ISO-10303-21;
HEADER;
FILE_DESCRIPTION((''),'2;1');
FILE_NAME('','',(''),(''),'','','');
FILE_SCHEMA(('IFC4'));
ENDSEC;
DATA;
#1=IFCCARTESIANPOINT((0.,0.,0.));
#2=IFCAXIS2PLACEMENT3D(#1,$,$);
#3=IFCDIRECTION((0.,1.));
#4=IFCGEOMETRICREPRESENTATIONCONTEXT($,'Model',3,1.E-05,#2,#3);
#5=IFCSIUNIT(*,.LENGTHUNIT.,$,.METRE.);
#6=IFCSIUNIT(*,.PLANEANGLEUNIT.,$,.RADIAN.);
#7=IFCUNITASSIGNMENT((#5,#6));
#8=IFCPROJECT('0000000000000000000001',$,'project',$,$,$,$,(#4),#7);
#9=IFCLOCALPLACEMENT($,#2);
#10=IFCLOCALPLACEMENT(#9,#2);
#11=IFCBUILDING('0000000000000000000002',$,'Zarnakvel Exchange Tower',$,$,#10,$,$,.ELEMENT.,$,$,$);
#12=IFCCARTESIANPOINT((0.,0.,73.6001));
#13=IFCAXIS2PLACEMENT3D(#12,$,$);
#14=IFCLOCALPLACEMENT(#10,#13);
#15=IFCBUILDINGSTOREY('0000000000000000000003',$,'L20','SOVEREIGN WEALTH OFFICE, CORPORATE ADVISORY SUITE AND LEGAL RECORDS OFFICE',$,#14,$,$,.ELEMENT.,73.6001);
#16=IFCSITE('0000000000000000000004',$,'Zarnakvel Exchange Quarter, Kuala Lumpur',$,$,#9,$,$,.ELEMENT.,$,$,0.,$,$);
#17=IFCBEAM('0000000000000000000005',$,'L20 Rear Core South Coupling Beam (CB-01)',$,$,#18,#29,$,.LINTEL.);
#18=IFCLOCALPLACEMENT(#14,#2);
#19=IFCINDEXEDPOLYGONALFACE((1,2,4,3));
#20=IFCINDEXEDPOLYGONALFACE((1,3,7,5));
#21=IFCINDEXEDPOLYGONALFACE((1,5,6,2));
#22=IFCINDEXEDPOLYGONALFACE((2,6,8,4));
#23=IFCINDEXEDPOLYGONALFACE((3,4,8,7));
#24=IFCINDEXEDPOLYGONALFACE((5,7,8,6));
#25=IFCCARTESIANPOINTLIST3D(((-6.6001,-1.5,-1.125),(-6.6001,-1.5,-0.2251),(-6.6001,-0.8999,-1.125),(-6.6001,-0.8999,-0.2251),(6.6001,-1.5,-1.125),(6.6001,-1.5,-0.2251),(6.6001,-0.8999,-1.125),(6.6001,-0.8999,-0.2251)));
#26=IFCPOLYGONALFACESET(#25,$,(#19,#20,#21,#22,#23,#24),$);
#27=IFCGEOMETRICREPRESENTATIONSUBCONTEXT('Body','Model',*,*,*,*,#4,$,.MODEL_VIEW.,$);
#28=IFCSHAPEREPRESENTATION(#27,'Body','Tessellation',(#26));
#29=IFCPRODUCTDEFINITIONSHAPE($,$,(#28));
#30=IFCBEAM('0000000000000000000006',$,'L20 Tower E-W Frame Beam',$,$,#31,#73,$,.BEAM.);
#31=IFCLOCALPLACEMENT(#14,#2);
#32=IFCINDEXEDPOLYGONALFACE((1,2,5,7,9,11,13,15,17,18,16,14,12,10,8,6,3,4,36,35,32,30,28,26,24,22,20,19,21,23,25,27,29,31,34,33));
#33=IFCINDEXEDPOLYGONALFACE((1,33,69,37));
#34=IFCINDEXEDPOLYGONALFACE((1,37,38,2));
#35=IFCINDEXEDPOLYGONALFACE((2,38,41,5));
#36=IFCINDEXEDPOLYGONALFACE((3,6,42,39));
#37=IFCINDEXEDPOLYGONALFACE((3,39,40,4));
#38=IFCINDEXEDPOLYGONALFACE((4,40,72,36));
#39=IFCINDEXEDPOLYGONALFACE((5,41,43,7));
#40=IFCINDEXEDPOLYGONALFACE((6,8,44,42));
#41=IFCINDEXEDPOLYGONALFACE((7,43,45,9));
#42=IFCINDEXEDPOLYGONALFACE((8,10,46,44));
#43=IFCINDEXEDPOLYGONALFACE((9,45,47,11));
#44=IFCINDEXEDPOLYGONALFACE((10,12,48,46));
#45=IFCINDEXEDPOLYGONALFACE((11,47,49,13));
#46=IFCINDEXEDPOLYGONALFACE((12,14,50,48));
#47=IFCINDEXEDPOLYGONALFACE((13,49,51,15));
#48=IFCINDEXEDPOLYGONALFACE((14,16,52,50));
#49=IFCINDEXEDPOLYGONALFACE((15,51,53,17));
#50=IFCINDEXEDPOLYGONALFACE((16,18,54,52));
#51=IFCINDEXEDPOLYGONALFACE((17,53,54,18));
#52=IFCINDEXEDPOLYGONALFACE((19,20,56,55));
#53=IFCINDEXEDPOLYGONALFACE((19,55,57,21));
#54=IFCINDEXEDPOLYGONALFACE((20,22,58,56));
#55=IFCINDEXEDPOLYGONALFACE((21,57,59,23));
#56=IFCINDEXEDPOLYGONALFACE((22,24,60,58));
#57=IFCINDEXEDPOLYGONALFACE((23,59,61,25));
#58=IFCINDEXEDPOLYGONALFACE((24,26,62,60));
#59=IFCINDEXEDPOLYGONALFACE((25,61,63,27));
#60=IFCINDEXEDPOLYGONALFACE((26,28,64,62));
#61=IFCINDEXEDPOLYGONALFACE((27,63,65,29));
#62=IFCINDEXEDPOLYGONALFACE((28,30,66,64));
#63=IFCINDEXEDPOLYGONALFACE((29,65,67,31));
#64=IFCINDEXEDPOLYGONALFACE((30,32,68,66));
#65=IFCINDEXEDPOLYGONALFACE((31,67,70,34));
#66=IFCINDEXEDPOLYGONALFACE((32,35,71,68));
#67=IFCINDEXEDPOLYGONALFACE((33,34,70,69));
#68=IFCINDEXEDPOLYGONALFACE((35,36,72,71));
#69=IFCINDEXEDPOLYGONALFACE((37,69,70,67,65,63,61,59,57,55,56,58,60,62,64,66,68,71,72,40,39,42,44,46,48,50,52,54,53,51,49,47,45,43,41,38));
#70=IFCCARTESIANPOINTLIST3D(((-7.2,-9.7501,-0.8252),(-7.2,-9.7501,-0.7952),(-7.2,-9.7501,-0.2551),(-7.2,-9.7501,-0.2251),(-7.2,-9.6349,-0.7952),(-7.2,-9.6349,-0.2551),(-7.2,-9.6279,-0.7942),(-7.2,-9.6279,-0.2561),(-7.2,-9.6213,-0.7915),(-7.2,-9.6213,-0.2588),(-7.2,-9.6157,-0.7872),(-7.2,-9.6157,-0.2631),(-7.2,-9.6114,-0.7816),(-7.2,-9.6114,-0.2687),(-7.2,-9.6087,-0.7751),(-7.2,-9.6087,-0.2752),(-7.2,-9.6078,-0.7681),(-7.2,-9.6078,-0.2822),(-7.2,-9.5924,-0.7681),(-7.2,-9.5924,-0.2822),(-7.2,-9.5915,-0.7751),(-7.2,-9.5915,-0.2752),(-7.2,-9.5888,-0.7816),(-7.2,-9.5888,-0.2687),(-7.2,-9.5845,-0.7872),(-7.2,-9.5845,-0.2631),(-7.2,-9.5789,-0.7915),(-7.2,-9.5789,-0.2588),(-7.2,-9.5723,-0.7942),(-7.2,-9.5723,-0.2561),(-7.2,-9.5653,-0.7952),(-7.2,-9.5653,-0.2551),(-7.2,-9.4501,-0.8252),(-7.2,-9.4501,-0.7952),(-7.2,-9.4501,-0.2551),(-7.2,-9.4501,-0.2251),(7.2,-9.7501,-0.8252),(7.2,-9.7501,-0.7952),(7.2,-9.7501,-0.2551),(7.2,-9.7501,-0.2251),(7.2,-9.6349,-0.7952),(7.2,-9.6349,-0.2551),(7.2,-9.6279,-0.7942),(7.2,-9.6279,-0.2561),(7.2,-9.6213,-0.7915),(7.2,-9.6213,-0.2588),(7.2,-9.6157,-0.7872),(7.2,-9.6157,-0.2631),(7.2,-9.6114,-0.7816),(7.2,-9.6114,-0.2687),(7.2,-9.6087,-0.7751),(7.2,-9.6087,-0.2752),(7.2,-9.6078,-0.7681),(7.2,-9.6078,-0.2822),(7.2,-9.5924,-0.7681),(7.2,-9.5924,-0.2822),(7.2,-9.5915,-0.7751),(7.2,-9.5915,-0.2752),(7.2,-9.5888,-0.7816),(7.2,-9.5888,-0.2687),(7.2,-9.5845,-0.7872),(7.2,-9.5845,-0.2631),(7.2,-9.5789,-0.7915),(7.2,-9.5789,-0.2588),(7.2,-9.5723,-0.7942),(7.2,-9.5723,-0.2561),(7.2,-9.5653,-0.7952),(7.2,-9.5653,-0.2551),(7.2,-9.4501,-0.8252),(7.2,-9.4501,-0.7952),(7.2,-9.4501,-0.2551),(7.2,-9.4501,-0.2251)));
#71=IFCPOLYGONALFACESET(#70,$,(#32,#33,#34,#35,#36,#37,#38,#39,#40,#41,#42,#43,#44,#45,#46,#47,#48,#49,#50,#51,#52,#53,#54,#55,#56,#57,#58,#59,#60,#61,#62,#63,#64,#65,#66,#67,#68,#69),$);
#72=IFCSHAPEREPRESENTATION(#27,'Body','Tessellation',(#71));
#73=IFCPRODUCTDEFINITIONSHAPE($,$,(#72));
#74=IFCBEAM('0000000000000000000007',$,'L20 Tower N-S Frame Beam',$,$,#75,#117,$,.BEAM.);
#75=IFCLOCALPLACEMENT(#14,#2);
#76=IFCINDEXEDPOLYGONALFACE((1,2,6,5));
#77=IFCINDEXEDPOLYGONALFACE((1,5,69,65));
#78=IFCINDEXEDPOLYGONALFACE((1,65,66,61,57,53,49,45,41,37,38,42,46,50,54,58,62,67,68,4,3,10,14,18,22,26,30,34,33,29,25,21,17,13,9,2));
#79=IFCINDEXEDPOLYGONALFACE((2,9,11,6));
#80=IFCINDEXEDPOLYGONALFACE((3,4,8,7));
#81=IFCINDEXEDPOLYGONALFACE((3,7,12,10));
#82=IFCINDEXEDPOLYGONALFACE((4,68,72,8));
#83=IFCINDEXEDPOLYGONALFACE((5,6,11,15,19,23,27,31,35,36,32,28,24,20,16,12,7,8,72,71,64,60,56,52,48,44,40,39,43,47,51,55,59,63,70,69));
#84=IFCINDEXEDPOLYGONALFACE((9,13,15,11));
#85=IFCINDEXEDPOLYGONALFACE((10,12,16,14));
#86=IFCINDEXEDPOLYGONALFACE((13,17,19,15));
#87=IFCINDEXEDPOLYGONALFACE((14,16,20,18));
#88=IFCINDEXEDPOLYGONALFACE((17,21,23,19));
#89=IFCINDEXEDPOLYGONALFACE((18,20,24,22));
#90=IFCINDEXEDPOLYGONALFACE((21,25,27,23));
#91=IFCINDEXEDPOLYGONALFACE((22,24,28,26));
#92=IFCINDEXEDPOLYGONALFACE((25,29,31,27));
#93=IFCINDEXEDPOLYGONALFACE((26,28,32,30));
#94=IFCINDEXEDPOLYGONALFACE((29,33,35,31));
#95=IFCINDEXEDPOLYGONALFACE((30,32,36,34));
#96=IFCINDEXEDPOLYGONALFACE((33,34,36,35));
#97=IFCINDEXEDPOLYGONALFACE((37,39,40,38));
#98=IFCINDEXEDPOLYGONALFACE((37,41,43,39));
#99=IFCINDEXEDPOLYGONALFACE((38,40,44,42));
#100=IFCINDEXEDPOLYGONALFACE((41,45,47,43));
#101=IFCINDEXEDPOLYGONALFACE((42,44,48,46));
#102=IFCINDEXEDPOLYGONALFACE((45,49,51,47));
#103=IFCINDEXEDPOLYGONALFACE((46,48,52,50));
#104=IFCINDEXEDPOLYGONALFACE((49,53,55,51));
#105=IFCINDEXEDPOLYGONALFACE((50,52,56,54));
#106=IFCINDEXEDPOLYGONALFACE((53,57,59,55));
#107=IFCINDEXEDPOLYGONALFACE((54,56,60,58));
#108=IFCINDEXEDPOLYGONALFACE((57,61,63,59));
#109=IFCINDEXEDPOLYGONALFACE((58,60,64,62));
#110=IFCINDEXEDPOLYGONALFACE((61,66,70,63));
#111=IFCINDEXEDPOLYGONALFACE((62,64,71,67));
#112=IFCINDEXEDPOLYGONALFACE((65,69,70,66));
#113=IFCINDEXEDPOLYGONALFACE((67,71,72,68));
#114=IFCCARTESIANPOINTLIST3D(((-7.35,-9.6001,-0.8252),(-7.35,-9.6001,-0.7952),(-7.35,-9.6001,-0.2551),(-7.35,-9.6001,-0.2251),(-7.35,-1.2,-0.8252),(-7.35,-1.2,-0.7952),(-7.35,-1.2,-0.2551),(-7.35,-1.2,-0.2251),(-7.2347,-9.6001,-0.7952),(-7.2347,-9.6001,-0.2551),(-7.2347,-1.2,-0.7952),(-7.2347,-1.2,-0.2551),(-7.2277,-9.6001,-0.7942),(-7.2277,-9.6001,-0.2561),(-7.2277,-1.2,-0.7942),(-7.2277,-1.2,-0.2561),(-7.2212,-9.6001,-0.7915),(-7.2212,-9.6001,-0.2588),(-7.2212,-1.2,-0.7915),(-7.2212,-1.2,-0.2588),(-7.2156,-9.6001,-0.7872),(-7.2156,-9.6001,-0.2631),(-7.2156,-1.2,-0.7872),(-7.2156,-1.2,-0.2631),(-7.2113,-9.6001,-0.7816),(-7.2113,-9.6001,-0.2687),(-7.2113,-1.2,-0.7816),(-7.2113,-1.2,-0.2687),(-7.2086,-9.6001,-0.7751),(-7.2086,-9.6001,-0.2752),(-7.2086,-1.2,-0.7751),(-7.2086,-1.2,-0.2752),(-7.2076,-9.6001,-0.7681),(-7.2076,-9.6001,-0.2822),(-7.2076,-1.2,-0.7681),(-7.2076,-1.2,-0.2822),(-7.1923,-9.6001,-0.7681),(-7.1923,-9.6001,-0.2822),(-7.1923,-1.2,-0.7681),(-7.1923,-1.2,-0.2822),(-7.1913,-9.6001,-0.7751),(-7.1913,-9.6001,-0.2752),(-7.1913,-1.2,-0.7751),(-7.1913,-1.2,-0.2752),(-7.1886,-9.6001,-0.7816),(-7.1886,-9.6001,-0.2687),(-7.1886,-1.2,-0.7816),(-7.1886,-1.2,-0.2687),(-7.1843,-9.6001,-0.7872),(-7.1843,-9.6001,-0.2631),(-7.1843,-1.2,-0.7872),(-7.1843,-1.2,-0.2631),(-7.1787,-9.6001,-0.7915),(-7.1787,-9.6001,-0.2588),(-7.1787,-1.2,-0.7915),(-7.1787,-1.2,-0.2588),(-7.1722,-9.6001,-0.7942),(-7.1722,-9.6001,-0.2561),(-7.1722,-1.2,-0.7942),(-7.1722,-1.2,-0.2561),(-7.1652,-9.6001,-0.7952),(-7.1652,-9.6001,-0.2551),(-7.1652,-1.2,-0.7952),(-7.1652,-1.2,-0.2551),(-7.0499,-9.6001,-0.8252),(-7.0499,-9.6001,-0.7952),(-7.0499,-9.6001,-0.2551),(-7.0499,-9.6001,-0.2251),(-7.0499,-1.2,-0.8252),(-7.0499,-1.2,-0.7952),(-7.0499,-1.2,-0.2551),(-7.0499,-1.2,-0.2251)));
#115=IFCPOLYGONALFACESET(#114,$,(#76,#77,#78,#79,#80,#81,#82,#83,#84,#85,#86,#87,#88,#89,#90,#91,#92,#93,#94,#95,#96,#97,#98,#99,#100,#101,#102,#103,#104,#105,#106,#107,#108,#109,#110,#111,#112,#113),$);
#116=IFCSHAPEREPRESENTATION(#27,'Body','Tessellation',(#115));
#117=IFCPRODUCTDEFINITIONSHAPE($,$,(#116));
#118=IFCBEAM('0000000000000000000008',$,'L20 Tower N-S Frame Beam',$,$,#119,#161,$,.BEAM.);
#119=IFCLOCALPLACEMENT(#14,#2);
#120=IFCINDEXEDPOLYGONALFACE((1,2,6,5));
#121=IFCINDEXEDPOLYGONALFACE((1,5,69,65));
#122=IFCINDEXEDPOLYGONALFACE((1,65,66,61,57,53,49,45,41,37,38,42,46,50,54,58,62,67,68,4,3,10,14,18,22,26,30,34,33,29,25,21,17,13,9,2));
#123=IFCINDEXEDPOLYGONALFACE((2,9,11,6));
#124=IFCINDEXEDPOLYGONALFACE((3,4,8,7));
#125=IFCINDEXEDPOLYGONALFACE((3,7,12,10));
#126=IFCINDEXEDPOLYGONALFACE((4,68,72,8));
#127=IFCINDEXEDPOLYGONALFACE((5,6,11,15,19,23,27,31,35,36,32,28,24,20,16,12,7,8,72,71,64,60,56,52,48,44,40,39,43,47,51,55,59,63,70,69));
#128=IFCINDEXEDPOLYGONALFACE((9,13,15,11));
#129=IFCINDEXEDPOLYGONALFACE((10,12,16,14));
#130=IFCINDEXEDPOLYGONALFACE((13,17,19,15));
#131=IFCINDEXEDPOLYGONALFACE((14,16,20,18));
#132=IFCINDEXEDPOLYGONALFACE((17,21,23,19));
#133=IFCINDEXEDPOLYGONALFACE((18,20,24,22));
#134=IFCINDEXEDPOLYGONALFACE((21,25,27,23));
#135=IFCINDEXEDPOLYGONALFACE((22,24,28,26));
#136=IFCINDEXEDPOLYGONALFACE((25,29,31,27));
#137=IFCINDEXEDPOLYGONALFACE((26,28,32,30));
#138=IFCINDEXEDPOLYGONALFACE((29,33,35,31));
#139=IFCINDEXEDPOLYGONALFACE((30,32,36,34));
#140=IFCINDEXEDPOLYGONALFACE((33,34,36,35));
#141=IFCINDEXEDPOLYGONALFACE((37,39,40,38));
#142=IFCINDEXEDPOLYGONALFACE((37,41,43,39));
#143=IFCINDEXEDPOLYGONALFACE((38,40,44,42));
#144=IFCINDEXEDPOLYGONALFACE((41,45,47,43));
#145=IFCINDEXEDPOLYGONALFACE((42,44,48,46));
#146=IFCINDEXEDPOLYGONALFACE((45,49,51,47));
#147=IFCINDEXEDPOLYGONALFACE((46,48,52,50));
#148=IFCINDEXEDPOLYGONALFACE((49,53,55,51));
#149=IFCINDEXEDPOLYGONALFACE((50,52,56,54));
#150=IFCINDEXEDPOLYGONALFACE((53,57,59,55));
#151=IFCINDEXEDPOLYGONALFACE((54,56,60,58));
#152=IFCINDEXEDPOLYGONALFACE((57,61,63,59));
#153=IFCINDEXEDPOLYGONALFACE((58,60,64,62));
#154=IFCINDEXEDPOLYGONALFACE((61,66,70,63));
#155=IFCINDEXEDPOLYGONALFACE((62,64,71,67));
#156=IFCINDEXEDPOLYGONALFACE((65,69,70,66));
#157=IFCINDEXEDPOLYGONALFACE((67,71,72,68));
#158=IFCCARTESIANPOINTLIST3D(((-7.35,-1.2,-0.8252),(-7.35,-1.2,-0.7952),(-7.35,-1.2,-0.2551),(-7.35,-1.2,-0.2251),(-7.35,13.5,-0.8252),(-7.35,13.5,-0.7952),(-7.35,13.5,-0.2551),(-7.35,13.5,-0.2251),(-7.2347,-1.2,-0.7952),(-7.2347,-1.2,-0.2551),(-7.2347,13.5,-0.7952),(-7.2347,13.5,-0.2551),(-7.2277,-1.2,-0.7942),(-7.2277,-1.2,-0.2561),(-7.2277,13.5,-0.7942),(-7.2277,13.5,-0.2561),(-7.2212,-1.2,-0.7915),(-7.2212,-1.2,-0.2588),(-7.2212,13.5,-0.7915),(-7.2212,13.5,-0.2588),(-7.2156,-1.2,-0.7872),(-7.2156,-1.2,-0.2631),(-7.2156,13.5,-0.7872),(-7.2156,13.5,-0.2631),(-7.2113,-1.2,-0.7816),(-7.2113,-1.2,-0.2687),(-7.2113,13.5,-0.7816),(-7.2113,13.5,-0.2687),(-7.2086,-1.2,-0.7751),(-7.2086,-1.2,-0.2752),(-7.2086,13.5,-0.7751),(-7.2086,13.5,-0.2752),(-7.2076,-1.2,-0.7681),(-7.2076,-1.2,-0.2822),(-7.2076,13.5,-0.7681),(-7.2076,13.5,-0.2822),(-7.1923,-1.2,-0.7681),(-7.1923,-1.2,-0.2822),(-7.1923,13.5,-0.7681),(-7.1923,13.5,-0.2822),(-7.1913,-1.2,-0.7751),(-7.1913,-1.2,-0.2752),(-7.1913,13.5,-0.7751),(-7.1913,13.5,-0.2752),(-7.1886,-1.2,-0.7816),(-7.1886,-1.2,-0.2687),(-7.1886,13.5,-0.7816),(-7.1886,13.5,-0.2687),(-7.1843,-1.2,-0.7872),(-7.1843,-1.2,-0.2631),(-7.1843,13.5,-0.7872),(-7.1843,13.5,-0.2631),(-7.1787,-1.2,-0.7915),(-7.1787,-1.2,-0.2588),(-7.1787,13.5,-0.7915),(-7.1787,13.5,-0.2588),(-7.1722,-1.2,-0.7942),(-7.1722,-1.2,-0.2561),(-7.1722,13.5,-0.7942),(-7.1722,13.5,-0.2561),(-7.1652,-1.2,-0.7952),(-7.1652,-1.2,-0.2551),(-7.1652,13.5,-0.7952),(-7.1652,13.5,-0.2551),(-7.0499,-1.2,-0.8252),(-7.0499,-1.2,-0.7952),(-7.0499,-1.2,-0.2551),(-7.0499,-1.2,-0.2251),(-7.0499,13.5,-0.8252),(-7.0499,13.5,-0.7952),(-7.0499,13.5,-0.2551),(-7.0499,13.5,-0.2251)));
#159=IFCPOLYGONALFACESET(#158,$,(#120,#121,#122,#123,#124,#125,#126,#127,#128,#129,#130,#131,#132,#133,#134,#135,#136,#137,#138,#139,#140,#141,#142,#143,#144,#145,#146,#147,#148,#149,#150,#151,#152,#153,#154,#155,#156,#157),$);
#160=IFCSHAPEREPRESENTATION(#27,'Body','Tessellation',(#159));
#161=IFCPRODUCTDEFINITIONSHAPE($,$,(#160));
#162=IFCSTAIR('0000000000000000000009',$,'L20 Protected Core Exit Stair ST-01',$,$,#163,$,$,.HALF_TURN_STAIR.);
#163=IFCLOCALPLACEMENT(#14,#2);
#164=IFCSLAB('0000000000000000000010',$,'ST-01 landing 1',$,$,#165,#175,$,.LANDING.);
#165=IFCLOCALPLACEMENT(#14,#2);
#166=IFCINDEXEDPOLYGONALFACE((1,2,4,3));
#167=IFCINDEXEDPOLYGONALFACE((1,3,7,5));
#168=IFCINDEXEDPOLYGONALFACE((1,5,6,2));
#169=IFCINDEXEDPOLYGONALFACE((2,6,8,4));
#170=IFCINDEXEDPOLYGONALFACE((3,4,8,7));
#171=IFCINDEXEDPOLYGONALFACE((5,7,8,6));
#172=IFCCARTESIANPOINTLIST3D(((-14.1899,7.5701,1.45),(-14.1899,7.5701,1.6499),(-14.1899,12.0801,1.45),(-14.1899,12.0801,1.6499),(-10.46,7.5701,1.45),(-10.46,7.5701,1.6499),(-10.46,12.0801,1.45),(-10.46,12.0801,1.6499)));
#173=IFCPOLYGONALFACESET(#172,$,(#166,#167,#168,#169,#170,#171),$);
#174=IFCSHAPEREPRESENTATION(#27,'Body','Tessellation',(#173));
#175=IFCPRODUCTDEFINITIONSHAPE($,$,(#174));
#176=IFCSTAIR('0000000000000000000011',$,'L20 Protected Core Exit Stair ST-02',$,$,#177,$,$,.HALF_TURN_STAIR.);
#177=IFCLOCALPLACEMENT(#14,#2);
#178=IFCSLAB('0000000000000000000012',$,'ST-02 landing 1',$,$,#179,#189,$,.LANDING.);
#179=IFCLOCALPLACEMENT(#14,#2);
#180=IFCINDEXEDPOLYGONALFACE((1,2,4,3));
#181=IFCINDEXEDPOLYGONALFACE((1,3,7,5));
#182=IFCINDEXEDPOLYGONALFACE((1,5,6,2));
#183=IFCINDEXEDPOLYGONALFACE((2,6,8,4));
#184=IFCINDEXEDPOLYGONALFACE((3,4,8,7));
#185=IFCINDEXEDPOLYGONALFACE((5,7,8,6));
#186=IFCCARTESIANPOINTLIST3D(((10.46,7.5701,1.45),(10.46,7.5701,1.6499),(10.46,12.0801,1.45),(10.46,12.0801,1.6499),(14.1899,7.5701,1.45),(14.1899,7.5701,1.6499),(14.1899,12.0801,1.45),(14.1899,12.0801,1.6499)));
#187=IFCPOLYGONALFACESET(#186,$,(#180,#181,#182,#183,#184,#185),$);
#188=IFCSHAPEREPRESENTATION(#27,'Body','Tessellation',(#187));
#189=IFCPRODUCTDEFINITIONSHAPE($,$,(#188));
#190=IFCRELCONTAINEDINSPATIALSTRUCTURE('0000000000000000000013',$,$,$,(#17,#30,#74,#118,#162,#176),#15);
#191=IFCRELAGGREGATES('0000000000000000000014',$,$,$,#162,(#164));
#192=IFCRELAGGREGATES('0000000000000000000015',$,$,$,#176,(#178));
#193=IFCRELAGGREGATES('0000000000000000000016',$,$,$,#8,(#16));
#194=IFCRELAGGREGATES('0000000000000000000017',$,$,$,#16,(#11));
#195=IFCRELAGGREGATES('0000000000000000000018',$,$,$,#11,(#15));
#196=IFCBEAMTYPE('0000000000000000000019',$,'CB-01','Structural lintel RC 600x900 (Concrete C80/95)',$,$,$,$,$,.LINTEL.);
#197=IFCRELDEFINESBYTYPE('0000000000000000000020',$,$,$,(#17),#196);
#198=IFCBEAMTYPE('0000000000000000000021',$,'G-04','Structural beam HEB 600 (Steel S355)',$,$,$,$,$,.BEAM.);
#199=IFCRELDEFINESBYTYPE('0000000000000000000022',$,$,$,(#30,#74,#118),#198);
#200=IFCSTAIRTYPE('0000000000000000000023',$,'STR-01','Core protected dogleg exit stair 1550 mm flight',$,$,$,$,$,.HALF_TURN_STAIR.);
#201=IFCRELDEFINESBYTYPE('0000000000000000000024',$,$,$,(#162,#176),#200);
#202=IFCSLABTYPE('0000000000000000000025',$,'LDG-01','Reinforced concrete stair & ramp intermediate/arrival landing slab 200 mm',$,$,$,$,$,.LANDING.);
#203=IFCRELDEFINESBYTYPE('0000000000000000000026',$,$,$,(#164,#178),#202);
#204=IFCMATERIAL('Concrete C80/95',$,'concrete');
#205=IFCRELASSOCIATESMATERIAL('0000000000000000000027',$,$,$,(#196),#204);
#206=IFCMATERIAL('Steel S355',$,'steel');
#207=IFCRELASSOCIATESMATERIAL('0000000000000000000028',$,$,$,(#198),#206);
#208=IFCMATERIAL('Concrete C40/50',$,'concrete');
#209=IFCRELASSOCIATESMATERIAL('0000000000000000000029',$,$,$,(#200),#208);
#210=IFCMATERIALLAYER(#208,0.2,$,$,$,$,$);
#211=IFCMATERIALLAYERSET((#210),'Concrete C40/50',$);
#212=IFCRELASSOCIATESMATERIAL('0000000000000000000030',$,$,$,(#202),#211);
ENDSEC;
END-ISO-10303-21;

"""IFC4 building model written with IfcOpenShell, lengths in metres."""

from ifc_helpers import new_model, si_unit, direction, frame, origin, origin_2d, place, context, subcontext, project, spatial, polyline, rectangle, i_section, outline, extrude, material, layer, layer_set, material_profile, profile_set, type_object, element, aggregate, save


model = new_model("IFC4")

# Units and contexts
model_context = context("Model", 3, precision=1e-05, world=origin(), true_north=direction((0.0, 1.0)))
body_context = subcontext(model_context, "Body", "Model", "MODEL_VIEW")
ifc_project = project(units=[si_unit("LENGTHUNIT", "METRE"), si_unit("PLANEANGLEUNIT", "RADIAN")], contexts=[model_context])

# Site, building, storey
site_placement = place(None, origin())
site = spatial("IfcSite", under=ifc_project, at=site_placement, Name="Zarnakvel Exchange Quarter, Kuala Lumpur", CompositionType="ELEMENT", RefElevation=0.0)
building_placement = place(site_placement, origin())
building = spatial("IfcBuilding", under=site, at=building_placement, Name="Zarnakvel Exchange Tower", CompositionType="ELEMENT")
storey_placement = place(building_placement, frame((0.0, 0.0, 73.6001)))
storey = spatial("IfcBuildingStorey", under=building, at=storey_placement, Name="L20", Description="SOVEREIGN WEALTH OFFICE, CORPORATE ADVISORY SUITE AND LEGAL RECORDS OFFICE", CompositionType="ELEMENT", Elevation=73.6001)

# Shared definitions
ifc_material_1 = material(Name="Concrete C80/95", Category="concrete")

# Beams
ifc_material_2 = material(Name="Steel S355", Category="steel")
ifc_material_profile_1 = material_profile(ifc_material_1, rectangle(XDim=0.6001, YDim=0.8999, at=origin_2d()))
ifc_profile_set_1 = profile_set([ifc_material_profile_1], Name="Concrete C80/95")
beam_type_1 = type_object("IfcBeamType", Name="CB-01", Description="Structural lintel RC 600x900 (Concrete C80/95)", PredefinedType="LINTEL", material=ifc_profile_set_1)
beam_1_placement = place(storey_placement, frame((-6.6001, -1.2, -0.675), z_axis=(1.0, 0.0, 0.0), x_axis=(0.0, 1.0, 0.0)))
element("IfcBeam", 1, at=beam_1_placement, inside=storey, type_object=beam_type_1, Name="L20 Rear Core South Coupling Beam (CB-01)", PredefinedType="LINTEL", context=body_context, shape_type="SweptSolid", body=[
    extrude(rectangle(XDim=0.6001, YDim=0.8999, at=origin_2d()), origin(), (0.0, 0.0, 1.0), 13.2002),
])
ifc_material_profile_2 = material_profile(ifc_material_2, i_section(OverallWidth=0.3, OverallDepth=0.6001, WebThickness=0.0154, FlangeThickness=0.03, FilletRadius=0.0271, at=origin_2d()))
ifc_profile_set_2 = profile_set([ifc_material_profile_2], Name="Steel S355")
beam_type_2 = type_object("IfcBeamType", Name="G-04", Description="Structural beam HEB 600 (Steel S355)", PredefinedType="BEAM", material=ifc_profile_set_2)
beam_2_placement = place(storey_placement, frame((-7.2, -9.6001, -0.5251), z_axis=(1.0, 0.0, 0.0), x_axis=(0.0, 1.0, 0.0)))
element("IfcBeam", 2, at=beam_2_placement, inside=storey, type_object=beam_type_2, Name="L20 Tower E-W Frame Beam", PredefinedType="BEAM", context=body_context, shape_type="SweptSolid", body=[
    extrude(i_section(OverallWidth=0.3, OverallDepth=0.6001, WebThickness=0.0154, FlangeThickness=0.03, FilletRadius=0.0271, at=origin_2d()), origin(), (0.0, 0.0, 1.0), 14.3999),
])
beam_3_placement = place(storey_placement, frame((-7.2, -9.6001, -0.5251), z_axis=(0.0, 1.0, 0.0), x_axis=(-1.0, 0.0, 0.0)))
element("IfcBeam", 3, at=beam_3_placement, inside=storey, type_object=beam_type_2, Name="L20 Tower N-S Frame Beam", PredefinedType="BEAM", context=body_context, shape_type="SweptSolid", body=[
    extrude(i_section(OverallWidth=0.3, OverallDepth=0.6001, WebThickness=0.0154, FlangeThickness=0.03, FilletRadius=0.0271, at=origin_2d()), origin(), (0.0, 0.0, 1.0), 8.4001),
])
beam_4_placement = place(storey_placement, frame((-7.2, -1.2, -0.5251), z_axis=(0.0, 1.0, 0.0), x_axis=(-1.0, 0.0, 0.0)))
element("IfcBeam", 4, at=beam_4_placement, inside=storey, type_object=beam_type_2, Name="L20 Tower N-S Frame Beam", PredefinedType="BEAM", context=body_context, shape_type="SweptSolid", body=[
    extrude(i_section(OverallWidth=0.3, OverallDepth=0.6001, WebThickness=0.0154, FlangeThickness=0.03, FilletRadius=0.0271, at=origin_2d()), origin(), (0.0, 0.0, 1.0), 14.7),
])

# Stairs, slabs
ifc_material_3 = material(Name="Concrete C40/50", Category="concrete")
stair_type = type_object("IfcStairType", Name="STR-01", Description="Core protected dogleg exit stair 1550 mm flight", PredefinedType="HALF_TURN_STAIR", material=ifc_material_3)
stair_1_placement = place(storey_placement, origin())
stair_1 = element("IfcStair", 5, at=stair_1_placement, inside=storey, type_object=stair_type, Name="L20 Protected Core Exit Stair ST-01", PredefinedType="HALF_TURN_STAIR")
ifc_layer_1 = layer(ifc_material_3, 0.2)
ifc_layer_set_1 = layer_set([ifc_layer_1], Name="Concrete C40/50")
slab_type_1 = type_object("IfcSlabType", Name="LDG-01", Description="Reinforced concrete stair & ramp intermediate/arrival landing slab 200 mm", PredefinedType="LANDING", material=ifc_layer_set_1)
slab_1_placement = place(storey_placement, frame((0.0, 0.0, 1.45)))
slab_1 = element("IfcSlab", 6, at=slab_1_placement, type_object=slab_type_1, Name="ST-01 landing 1", PredefinedType="LANDING", context=body_context, shape_type="SweptSolid", body=[
    extrude(outline(polyline([(-14.1899, 7.5701), (-10.46, 7.5701), (-10.46, 12.0801), (-14.1899, 12.0801), (-14.1899, 7.5701)])), origin(), (0.0, 0.0, 1.0), 0.2),
])
aggregate(stair_1, [slab_1])
stair_2_placement = place(storey_placement, origin())
stair_2 = element("IfcStair", 7, at=stair_2_placement, inside=storey, type_object=stair_type, Name="L20 Protected Core Exit Stair ST-02", PredefinedType="HALF_TURN_STAIR")
slab_2_placement = place(storey_placement, frame((0.0, 0.0, 1.45)))
slab_2 = element("IfcSlab", 8, at=slab_2_placement, type_object=slab_type_1, Name="ST-02 landing 1", PredefinedType="LANDING", context=body_context, shape_type="SweptSolid", body=[
    extrude(outline(polyline([(10.46, 7.5701), (14.1899, 7.5701), (14.1899, 12.0801), (10.46, 12.0801), (10.46, 7.5701)])), origin(), (0.0, 0.0, 1.0), 0.2),
])
aggregate(stair_2, [slab_2])

save(model, "model.ifc")
